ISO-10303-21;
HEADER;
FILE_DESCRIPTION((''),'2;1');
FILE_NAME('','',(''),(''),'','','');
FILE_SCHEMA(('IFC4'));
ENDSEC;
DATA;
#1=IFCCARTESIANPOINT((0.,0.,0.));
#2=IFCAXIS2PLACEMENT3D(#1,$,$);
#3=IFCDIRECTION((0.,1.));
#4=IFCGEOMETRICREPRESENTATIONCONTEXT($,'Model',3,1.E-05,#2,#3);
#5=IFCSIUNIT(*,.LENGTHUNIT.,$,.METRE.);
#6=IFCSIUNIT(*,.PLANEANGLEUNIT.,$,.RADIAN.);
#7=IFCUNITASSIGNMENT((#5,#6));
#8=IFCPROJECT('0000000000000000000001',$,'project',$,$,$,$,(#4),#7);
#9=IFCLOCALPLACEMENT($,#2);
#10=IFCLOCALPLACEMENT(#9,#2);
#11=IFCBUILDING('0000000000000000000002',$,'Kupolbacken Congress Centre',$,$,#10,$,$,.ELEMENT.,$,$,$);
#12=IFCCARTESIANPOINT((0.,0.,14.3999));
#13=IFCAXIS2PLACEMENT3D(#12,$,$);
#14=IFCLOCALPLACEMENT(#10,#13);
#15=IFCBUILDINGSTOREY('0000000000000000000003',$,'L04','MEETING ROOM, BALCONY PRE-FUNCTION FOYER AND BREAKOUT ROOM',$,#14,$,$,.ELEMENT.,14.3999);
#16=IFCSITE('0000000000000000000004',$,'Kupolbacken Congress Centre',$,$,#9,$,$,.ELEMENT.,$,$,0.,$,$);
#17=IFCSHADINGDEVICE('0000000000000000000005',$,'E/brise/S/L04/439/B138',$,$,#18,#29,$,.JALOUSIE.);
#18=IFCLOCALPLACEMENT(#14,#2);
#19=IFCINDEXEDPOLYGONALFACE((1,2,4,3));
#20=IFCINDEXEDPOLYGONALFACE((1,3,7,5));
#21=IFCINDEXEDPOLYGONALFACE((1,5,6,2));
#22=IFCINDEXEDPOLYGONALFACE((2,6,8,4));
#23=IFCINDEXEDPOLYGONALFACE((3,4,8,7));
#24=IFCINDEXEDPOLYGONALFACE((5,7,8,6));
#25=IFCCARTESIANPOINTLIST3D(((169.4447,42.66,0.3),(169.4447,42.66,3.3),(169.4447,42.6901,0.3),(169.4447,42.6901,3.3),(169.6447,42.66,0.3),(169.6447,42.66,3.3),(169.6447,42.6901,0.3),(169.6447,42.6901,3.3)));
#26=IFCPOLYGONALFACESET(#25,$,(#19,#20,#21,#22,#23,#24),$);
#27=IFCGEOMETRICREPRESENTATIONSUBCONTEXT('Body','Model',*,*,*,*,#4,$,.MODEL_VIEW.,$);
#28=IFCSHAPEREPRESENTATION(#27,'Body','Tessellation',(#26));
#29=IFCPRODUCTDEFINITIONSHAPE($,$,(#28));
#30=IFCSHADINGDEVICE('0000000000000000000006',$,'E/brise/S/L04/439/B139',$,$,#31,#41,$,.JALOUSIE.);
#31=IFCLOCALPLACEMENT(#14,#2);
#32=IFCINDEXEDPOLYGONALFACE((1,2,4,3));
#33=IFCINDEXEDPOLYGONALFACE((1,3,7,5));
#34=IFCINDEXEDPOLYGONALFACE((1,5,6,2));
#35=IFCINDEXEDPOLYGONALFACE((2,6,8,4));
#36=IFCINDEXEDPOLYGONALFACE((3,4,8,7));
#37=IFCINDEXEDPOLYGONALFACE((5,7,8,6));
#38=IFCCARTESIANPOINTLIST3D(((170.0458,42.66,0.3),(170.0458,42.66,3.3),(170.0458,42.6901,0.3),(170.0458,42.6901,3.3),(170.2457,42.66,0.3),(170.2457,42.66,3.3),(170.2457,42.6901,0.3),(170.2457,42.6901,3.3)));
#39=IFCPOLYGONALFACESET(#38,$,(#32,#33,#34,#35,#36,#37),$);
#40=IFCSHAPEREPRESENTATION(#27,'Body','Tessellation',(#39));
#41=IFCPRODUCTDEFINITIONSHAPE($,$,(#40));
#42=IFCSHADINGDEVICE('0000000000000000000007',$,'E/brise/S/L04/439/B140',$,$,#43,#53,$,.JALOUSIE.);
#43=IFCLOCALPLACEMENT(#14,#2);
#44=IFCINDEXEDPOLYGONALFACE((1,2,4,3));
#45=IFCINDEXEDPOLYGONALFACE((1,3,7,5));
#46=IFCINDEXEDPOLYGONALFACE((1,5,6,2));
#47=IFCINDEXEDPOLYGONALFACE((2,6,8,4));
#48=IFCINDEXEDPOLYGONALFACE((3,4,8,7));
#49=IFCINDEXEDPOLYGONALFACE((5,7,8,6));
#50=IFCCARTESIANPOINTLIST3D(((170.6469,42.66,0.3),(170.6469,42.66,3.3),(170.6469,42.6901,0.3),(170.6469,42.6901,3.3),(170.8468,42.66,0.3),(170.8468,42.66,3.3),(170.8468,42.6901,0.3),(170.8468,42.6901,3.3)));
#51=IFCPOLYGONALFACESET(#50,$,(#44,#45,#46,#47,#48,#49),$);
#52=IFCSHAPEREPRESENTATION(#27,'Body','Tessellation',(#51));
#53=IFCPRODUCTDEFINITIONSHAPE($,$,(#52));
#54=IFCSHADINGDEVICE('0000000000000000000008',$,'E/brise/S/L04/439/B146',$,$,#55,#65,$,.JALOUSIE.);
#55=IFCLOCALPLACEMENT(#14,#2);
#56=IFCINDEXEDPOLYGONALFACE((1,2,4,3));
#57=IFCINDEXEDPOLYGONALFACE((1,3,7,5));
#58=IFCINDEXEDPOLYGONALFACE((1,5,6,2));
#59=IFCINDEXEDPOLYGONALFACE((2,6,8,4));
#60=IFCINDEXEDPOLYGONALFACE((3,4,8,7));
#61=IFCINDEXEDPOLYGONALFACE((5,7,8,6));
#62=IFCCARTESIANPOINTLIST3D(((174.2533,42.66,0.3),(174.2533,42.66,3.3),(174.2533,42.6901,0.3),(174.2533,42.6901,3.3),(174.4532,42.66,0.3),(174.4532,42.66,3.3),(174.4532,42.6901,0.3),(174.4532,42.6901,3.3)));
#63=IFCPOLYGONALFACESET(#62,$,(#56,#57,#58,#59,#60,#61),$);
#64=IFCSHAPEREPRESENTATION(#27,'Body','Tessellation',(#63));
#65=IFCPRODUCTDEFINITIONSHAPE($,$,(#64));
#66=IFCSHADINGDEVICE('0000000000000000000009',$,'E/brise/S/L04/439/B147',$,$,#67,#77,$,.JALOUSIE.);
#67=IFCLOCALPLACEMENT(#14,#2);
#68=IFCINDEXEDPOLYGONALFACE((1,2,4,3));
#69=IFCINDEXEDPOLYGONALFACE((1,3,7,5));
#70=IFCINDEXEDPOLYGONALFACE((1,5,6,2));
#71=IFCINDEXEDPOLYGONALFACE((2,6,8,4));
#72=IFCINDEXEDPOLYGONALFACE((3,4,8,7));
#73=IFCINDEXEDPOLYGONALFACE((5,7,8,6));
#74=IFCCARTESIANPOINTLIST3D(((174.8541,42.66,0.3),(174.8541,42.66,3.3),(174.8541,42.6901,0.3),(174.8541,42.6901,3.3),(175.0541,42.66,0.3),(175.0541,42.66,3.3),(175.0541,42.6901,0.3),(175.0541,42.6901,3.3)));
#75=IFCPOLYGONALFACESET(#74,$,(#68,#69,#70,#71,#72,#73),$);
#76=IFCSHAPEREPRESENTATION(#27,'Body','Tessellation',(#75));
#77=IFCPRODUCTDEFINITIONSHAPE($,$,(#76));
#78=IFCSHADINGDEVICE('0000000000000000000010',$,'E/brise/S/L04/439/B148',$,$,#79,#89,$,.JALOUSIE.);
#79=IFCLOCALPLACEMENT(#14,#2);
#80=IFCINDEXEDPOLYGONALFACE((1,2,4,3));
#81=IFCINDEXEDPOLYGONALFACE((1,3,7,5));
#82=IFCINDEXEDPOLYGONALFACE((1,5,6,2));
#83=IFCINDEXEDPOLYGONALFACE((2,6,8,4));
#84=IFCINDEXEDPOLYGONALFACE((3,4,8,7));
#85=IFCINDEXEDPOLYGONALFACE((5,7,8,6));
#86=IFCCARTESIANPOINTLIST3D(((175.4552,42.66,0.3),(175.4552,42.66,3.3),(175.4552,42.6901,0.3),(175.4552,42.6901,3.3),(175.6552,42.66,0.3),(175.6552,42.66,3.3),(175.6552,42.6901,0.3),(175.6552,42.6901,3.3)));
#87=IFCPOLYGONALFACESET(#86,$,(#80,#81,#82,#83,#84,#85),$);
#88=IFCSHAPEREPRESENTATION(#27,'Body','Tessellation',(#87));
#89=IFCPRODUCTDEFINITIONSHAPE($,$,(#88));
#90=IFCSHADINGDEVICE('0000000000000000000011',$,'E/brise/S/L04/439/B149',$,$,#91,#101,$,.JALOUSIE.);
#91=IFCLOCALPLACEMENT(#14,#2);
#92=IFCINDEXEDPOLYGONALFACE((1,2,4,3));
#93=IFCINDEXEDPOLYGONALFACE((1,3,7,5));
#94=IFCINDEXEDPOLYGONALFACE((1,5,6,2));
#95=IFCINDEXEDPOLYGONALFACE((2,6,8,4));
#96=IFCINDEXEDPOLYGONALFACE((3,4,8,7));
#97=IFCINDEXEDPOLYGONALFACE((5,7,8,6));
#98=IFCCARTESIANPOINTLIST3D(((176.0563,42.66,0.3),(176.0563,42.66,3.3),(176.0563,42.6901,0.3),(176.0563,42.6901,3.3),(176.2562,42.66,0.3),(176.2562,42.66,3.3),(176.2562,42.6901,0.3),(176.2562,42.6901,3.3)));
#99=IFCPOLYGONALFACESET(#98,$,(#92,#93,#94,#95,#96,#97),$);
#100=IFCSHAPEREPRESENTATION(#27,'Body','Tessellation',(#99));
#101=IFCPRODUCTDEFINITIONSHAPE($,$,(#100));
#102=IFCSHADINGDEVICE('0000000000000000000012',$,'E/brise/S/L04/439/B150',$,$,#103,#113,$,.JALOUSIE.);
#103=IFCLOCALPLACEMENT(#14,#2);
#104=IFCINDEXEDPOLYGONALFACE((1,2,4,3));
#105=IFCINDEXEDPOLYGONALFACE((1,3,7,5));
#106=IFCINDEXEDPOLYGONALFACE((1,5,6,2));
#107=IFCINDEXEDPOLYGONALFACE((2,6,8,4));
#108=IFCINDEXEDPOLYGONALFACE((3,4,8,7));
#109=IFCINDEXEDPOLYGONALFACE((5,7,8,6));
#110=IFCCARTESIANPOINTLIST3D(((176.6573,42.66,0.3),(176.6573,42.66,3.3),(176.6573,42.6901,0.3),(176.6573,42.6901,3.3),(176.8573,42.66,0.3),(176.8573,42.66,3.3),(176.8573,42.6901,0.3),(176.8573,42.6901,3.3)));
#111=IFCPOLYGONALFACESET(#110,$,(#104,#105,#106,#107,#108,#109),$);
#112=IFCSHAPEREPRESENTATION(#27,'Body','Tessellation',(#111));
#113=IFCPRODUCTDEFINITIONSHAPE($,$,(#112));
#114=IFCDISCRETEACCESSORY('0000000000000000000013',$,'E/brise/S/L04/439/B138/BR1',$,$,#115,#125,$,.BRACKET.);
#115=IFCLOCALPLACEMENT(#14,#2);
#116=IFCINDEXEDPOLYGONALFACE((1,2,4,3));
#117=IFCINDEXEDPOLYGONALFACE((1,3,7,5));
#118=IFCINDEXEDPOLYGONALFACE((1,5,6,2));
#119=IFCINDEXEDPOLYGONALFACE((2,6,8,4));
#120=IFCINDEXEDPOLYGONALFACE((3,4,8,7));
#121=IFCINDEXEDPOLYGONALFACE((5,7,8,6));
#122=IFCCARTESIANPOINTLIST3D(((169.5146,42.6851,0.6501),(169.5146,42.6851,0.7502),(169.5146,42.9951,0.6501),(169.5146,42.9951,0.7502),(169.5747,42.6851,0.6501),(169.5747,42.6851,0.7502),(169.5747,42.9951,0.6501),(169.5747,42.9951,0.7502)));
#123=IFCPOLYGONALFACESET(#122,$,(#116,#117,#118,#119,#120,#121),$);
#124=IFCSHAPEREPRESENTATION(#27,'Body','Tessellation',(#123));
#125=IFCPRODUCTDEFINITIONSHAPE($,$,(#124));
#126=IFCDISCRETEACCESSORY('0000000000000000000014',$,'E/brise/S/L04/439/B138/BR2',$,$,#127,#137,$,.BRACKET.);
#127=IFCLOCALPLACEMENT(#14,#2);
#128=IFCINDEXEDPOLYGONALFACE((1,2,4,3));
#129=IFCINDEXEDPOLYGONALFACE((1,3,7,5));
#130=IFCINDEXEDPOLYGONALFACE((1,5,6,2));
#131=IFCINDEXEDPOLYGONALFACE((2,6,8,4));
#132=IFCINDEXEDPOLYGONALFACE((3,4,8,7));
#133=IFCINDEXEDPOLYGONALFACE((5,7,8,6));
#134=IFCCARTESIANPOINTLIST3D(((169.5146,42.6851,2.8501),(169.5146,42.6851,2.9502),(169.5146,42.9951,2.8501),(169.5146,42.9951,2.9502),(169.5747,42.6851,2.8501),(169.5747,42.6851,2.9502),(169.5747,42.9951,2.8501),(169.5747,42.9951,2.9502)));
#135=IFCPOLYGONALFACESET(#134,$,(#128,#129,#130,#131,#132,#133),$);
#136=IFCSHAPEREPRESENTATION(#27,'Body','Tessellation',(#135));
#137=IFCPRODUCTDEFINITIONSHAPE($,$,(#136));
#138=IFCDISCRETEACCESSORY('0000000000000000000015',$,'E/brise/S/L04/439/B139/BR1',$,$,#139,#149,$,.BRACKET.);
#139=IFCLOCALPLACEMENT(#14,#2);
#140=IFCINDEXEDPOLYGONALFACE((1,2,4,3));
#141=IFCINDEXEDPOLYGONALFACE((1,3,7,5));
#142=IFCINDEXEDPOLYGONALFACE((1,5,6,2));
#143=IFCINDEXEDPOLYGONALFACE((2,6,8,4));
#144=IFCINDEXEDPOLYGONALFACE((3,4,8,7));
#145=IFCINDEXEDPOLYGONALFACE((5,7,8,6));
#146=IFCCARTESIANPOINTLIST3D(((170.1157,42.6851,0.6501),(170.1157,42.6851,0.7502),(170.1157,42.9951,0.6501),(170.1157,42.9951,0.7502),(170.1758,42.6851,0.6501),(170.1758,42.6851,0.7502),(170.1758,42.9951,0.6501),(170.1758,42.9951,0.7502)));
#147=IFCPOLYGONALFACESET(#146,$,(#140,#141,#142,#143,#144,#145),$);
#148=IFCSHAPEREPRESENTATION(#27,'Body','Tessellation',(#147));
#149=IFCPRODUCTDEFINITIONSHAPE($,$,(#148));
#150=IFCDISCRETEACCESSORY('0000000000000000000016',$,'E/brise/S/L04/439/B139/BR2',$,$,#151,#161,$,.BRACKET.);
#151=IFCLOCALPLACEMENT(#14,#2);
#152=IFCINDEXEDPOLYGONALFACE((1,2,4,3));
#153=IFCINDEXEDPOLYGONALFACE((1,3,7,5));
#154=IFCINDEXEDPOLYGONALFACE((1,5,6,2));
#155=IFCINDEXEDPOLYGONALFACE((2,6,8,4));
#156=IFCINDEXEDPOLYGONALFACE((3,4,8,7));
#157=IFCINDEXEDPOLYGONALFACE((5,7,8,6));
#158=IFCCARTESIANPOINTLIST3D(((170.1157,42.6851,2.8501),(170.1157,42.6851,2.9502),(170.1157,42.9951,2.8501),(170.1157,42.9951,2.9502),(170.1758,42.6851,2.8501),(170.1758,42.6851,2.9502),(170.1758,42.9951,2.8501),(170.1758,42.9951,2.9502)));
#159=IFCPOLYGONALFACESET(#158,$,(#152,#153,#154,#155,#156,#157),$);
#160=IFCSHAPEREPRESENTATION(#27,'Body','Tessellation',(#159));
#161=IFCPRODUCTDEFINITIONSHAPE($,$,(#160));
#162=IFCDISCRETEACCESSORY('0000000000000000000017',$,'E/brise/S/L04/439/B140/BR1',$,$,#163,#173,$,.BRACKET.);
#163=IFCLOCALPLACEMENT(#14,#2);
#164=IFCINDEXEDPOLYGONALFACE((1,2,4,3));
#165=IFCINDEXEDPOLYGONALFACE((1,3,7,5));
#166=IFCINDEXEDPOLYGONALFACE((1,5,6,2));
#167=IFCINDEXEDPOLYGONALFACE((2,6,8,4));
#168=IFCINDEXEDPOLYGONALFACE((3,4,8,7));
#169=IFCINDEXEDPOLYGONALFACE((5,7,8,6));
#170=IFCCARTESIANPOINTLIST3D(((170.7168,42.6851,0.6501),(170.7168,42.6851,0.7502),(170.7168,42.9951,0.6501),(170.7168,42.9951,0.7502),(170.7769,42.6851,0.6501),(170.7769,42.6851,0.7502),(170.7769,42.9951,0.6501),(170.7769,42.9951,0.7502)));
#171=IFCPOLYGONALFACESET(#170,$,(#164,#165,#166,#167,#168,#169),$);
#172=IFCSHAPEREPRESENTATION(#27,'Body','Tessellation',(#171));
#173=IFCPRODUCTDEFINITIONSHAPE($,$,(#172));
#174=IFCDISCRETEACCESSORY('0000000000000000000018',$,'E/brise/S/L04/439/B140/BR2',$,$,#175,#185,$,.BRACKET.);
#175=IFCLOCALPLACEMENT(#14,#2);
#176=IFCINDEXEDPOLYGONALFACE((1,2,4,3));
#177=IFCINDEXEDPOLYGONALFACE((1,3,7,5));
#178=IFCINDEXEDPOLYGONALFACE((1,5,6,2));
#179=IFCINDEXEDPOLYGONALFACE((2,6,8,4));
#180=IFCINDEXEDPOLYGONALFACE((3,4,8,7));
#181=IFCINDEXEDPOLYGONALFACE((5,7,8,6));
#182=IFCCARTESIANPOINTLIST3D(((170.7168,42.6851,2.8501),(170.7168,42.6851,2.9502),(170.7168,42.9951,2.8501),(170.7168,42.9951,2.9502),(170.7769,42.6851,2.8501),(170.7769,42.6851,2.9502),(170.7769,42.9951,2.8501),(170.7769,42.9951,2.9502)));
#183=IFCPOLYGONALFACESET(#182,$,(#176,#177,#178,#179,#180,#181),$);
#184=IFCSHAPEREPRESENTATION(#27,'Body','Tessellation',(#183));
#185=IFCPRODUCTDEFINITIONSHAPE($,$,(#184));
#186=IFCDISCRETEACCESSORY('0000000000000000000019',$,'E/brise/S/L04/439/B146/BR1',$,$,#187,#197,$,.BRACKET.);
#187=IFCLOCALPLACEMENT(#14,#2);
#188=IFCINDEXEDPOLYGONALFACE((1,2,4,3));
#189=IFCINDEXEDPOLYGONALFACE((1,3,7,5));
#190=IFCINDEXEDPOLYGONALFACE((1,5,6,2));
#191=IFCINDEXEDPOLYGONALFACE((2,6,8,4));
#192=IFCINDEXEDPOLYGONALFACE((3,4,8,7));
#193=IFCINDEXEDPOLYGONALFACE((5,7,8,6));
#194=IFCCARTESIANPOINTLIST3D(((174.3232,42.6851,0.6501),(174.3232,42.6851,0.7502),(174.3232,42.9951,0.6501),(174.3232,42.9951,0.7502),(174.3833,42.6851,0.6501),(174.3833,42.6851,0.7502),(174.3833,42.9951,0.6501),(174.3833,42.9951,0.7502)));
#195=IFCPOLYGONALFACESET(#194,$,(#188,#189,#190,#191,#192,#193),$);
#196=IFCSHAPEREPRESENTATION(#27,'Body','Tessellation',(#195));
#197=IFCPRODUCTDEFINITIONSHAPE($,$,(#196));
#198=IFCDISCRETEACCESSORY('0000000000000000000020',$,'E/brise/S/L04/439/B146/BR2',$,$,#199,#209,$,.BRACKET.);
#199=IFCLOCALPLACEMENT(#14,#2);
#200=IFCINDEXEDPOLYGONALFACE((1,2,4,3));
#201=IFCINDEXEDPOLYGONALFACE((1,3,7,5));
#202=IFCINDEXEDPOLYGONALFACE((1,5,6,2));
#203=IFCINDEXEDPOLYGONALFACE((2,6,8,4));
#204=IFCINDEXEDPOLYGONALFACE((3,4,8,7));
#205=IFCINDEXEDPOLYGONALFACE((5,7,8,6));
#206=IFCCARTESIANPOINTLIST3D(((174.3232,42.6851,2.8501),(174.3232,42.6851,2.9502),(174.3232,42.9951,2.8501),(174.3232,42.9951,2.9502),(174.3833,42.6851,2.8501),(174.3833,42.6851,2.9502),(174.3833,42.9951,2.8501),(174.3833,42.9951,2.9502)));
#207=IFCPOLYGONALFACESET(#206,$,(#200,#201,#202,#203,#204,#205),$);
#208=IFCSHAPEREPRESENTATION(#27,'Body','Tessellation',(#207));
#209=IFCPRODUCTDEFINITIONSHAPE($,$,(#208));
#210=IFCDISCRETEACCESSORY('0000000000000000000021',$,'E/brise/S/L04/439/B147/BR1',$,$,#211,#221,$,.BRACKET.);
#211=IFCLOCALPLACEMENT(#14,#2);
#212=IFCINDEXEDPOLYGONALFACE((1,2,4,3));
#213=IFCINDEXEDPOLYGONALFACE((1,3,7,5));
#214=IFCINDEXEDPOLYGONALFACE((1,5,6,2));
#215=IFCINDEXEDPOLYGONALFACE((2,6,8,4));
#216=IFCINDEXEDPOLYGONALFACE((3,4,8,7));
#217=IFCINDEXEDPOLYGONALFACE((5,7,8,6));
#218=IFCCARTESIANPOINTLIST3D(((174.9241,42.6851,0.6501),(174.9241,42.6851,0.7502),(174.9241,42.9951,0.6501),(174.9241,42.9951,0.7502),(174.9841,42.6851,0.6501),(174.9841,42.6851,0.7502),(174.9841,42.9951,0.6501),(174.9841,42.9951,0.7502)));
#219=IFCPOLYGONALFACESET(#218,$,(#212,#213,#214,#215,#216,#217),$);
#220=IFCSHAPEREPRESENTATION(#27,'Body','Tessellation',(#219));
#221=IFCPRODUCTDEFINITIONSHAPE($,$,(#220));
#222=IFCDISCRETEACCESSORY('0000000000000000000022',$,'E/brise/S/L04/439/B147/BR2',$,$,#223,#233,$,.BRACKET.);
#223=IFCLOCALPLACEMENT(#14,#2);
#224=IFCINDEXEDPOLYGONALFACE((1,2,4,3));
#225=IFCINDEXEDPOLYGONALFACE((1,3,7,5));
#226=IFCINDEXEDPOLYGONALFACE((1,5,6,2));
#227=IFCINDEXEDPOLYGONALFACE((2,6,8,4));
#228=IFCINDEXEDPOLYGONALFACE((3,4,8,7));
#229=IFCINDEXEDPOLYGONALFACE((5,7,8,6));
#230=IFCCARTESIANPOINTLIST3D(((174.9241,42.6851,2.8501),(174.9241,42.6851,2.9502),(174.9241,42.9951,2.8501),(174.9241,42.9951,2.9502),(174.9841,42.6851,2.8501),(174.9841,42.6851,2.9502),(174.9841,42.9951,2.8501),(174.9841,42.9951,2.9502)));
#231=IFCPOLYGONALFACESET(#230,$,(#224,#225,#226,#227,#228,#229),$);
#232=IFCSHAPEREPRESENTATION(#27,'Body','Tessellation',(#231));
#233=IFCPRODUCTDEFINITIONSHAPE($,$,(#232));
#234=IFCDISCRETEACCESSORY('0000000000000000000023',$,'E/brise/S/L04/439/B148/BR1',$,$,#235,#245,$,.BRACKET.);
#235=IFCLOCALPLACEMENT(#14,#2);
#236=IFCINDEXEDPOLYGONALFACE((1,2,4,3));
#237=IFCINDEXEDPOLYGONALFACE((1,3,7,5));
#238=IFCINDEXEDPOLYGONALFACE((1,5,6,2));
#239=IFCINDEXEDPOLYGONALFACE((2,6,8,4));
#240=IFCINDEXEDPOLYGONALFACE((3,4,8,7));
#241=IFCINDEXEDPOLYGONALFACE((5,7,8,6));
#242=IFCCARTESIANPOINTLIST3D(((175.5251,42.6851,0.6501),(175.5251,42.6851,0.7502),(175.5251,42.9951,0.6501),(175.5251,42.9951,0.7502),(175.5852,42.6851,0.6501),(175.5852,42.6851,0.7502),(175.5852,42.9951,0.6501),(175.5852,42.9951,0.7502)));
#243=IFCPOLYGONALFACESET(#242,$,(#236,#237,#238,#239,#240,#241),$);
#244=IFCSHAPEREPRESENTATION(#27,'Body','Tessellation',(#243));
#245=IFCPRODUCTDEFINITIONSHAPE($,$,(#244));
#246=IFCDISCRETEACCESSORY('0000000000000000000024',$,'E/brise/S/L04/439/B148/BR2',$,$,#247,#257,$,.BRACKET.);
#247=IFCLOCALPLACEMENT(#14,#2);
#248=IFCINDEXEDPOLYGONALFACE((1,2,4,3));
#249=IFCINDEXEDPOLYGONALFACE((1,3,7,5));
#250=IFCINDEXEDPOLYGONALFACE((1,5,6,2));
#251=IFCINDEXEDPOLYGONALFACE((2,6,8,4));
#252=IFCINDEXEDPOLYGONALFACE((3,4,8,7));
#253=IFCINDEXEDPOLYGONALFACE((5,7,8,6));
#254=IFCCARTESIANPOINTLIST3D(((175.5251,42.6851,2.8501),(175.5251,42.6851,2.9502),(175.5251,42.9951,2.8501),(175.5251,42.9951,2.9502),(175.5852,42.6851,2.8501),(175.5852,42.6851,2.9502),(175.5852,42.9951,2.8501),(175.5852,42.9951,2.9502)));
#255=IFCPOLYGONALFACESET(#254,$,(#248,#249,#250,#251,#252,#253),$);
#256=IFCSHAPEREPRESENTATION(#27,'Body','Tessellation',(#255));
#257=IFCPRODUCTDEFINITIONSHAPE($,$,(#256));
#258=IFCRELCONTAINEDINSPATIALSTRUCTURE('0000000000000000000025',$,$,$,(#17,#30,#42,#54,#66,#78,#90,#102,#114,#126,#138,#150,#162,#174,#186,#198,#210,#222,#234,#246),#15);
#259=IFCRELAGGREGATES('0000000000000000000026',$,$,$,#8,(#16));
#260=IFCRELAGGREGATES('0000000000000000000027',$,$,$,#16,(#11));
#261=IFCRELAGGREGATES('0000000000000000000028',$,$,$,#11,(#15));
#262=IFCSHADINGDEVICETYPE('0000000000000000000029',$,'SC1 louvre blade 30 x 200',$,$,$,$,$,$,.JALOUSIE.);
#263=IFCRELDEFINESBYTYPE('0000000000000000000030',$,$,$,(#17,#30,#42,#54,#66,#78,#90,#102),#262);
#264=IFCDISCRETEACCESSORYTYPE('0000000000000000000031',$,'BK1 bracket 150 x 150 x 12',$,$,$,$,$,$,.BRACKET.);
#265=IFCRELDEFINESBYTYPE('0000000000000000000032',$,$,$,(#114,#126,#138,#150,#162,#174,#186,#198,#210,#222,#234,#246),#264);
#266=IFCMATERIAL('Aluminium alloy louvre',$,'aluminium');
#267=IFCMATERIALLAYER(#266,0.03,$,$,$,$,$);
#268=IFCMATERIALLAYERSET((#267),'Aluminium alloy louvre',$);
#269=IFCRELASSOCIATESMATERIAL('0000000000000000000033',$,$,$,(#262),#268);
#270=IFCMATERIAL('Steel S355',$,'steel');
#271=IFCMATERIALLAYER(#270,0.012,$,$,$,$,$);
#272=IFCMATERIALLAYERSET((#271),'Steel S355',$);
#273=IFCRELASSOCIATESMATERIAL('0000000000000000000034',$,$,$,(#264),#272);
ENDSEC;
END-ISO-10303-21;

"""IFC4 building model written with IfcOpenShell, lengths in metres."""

from ifc_helpers import new_model, si_unit, direction, frame, origin, origin_2d, place, context, subcontext, project, spatial, rectangle, extrude, material, layer, layer_set, type_object, element, save


model = new_model("IFC4")

# Units and contexts
model_context = context("Model", 3, precision=1e-05, world=origin(), true_north=direction((0.0, 1.0)))
body_context = subcontext(model_context, "Body", "Model", "MODEL_VIEW")
ifc_project = project(units=[si_unit("LENGTHUNIT", "METRE"), si_unit("PLANEANGLEUNIT", "RADIAN")], contexts=[model_context])

# Site, building, storey
site_placement = place(None, origin())
site = spatial("IfcSite", under=ifc_project, at=site_placement, Name="Kupolbacken Congress Centre", CompositionType="ELEMENT", RefElevation=0.0)
building_placement = place(site_placement, origin())
building = spatial("IfcBuilding", under=site, at=building_placement, Name="Kupolbacken Congress Centre", CompositionType="ELEMENT")
storey_placement = place(building_placement, frame((0.0, 0.0, 14.3999)))
storey = spatial("IfcBuildingStorey", under=building, at=storey_placement, Name="L04", Description="MEETING ROOM, BALCONY PRE-FUNCTION FOYER AND BREAKOUT ROOM", CompositionType="ELEMENT", Elevation=14.3999)

# Shading devices
ifc_material_1 = material(Name="Aluminium alloy louvre", Category="aluminium")
ifc_layer_1 = layer(ifc_material_1, 0.03)
ifc_layer_set_1 = layer_set([ifc_layer_1], Name="Aluminium alloy louvre")
shading_device_type = type_object("IfcShadingDeviceType", Name="SC1 louvre blade 30 x 200", PredefinedType="JALOUSIE", material=ifc_layer_set_1)
for number, where, z_axis, x_axis, name in (
    (1, (169.5447, 42.675, 0.3), (0.0, 0.0, 1.0), (1.0, 0.0, 0.0), "E/brise/S/L04/439/B138"),
    (2, (170.1458, 42.675, 0.3), (0.0, 0.0, 1.0), (1.0, 0.0, 0.0), "E/brise/S/L04/439/B139"),
    (3, (170.7468, 42.675, 0.3), (0.0, 0.0, 1.0), (1.0, 0.0, 0.0), "E/brise/S/L04/439/B140"),
    (4, (174.3533, 42.675, 0.3), (0.0, 0.0, 1.0), (1.0, 0.0, 0.0), "E/brise/S/L04/439/B146"),
    (5, (174.9541, 42.675, 0.3), (0.0, 0.0, 1.0), (1.0, 0.0, 0.0), "E/brise/S/L04/439/B147"),
    (6, (175.5552, 42.675, 0.3), (0.0, 0.0, 1.0), (1.0, 0.0, 0.0), "E/brise/S/L04/439/B148"),
    (7, (176.1562, 42.675, 0.3), (0.0, 0.0, 1.0), (1.0, 0.0, 0.0), "E/brise/S/L04/439/B149"),
    (8, (176.7573, 42.675, 0.3), (0.0, 0.0, 1.0), (1.0, 0.0, 0.0), "E/brise/S/L04/439/B150"),
):
    element("IfcShadingDevice", number, at=place(storey_placement, frame(where, z_axis=z_axis, x_axis=x_axis)), inside=storey, type_object=shading_device_type, Name=name, PredefinedType="JALOUSIE", context=body_context, shape_type="SweptSolid", body=[
        extrude(rectangle(XDim=0.2, YDim=0.03, at=origin_2d()), origin(), (0.0, 0.0, 1.0), 3.0),
    ])

# Discrete accessories
ifc_material_2 = material(Name="Steel S355", Category="steel")
ifc_layer_2 = layer(ifc_material_2, 0.012)
ifc_layer_set_2 = layer_set([ifc_layer_2], Name="Steel S355")
discrete_accessory_type = type_object("IfcDiscreteAccessoryType", Name="BK1 bracket 150 x 150 x 12", PredefinedType="BRACKET", material=ifc_layer_set_2)
for number, where, z_axis, x_axis, name in (
    (9, (169.5447, 42.8401, 0.6501), (0.0, 0.0, 1.0), (1.0, 0.0, 0.0), "E/brise/S/L04/439/B138/BR1"),
    (10, (169.5447, 42.8401, 2.8501), (0.0, 0.0, 1.0), (1.0, 0.0, 0.0), "E/brise/S/L04/439/B138/BR2"),
    (11, (170.1458, 42.8401, 0.6501), (0.0, 0.0, 1.0), (1.0, 0.0, 0.0), "E/brise/S/L04/439/B139/BR1"),
    (12, (170.1458, 42.8401, 2.8501), (0.0, 0.0, 1.0), (1.0, 0.0, 0.0), "E/brise/S/L04/439/B139/BR2"),
    (13, (170.7468, 42.8401, 0.6501), (0.0, 0.0, 1.0), (1.0, 0.0, 0.0), "E/brise/S/L04/439/B140/BR1"),
    (14, (170.7468, 42.8401, 2.8501), (0.0, 0.0, 1.0), (1.0, 0.0, 0.0), "E/brise/S/L04/439/B140/BR2"),
    (15, (174.3533, 42.8401, 0.6501), (0.0, 0.0, 1.0), (1.0, 0.0, 0.0), "E/brise/S/L04/439/B146/BR1"),
    (16, (174.3533, 42.8401, 2.8501), (0.0, 0.0, 1.0), (1.0, 0.0, 0.0), "E/brise/S/L04/439/B146/BR2"),
    (17, (174.9541, 42.8401, 0.6501), (0.0, 0.0, 1.0), (1.0, 0.0, 0.0), "E/brise/S/L04/439/B147/BR1"),
    (18, (174.9541, 42.8401, 2.8501), (0.0, 0.0, 1.0), (1.0, 0.0, 0.0), "E/brise/S/L04/439/B147/BR2"),
    (19, (175.5552, 42.8401, 0.6501), (0.0, 0.0, 1.0), (1.0, 0.0, 0.0), "E/brise/S/L04/439/B148/BR1"),
    (20, (175.5552, 42.8401, 2.8501), (0.0, 0.0, 1.0), (1.0, 0.0, 0.0), "E/brise/S/L04/439/B148/BR2"),
):
    element("IfcDiscreteAccessory", number, at=place(storey_placement, frame(where, z_axis=z_axis, x_axis=x_axis)), inside=storey, type_object=discrete_accessory_type, Name=name, PredefinedType="BRACKET", context=body_context, shape_type="SweptSolid", body=[
        extrude(rectangle(XDim=0.0601, YDim=0.3101, at=origin_2d()), origin(), (0.0, 0.0, 1.0), 0.1001),
    ])

save(model, "model.ifc")
